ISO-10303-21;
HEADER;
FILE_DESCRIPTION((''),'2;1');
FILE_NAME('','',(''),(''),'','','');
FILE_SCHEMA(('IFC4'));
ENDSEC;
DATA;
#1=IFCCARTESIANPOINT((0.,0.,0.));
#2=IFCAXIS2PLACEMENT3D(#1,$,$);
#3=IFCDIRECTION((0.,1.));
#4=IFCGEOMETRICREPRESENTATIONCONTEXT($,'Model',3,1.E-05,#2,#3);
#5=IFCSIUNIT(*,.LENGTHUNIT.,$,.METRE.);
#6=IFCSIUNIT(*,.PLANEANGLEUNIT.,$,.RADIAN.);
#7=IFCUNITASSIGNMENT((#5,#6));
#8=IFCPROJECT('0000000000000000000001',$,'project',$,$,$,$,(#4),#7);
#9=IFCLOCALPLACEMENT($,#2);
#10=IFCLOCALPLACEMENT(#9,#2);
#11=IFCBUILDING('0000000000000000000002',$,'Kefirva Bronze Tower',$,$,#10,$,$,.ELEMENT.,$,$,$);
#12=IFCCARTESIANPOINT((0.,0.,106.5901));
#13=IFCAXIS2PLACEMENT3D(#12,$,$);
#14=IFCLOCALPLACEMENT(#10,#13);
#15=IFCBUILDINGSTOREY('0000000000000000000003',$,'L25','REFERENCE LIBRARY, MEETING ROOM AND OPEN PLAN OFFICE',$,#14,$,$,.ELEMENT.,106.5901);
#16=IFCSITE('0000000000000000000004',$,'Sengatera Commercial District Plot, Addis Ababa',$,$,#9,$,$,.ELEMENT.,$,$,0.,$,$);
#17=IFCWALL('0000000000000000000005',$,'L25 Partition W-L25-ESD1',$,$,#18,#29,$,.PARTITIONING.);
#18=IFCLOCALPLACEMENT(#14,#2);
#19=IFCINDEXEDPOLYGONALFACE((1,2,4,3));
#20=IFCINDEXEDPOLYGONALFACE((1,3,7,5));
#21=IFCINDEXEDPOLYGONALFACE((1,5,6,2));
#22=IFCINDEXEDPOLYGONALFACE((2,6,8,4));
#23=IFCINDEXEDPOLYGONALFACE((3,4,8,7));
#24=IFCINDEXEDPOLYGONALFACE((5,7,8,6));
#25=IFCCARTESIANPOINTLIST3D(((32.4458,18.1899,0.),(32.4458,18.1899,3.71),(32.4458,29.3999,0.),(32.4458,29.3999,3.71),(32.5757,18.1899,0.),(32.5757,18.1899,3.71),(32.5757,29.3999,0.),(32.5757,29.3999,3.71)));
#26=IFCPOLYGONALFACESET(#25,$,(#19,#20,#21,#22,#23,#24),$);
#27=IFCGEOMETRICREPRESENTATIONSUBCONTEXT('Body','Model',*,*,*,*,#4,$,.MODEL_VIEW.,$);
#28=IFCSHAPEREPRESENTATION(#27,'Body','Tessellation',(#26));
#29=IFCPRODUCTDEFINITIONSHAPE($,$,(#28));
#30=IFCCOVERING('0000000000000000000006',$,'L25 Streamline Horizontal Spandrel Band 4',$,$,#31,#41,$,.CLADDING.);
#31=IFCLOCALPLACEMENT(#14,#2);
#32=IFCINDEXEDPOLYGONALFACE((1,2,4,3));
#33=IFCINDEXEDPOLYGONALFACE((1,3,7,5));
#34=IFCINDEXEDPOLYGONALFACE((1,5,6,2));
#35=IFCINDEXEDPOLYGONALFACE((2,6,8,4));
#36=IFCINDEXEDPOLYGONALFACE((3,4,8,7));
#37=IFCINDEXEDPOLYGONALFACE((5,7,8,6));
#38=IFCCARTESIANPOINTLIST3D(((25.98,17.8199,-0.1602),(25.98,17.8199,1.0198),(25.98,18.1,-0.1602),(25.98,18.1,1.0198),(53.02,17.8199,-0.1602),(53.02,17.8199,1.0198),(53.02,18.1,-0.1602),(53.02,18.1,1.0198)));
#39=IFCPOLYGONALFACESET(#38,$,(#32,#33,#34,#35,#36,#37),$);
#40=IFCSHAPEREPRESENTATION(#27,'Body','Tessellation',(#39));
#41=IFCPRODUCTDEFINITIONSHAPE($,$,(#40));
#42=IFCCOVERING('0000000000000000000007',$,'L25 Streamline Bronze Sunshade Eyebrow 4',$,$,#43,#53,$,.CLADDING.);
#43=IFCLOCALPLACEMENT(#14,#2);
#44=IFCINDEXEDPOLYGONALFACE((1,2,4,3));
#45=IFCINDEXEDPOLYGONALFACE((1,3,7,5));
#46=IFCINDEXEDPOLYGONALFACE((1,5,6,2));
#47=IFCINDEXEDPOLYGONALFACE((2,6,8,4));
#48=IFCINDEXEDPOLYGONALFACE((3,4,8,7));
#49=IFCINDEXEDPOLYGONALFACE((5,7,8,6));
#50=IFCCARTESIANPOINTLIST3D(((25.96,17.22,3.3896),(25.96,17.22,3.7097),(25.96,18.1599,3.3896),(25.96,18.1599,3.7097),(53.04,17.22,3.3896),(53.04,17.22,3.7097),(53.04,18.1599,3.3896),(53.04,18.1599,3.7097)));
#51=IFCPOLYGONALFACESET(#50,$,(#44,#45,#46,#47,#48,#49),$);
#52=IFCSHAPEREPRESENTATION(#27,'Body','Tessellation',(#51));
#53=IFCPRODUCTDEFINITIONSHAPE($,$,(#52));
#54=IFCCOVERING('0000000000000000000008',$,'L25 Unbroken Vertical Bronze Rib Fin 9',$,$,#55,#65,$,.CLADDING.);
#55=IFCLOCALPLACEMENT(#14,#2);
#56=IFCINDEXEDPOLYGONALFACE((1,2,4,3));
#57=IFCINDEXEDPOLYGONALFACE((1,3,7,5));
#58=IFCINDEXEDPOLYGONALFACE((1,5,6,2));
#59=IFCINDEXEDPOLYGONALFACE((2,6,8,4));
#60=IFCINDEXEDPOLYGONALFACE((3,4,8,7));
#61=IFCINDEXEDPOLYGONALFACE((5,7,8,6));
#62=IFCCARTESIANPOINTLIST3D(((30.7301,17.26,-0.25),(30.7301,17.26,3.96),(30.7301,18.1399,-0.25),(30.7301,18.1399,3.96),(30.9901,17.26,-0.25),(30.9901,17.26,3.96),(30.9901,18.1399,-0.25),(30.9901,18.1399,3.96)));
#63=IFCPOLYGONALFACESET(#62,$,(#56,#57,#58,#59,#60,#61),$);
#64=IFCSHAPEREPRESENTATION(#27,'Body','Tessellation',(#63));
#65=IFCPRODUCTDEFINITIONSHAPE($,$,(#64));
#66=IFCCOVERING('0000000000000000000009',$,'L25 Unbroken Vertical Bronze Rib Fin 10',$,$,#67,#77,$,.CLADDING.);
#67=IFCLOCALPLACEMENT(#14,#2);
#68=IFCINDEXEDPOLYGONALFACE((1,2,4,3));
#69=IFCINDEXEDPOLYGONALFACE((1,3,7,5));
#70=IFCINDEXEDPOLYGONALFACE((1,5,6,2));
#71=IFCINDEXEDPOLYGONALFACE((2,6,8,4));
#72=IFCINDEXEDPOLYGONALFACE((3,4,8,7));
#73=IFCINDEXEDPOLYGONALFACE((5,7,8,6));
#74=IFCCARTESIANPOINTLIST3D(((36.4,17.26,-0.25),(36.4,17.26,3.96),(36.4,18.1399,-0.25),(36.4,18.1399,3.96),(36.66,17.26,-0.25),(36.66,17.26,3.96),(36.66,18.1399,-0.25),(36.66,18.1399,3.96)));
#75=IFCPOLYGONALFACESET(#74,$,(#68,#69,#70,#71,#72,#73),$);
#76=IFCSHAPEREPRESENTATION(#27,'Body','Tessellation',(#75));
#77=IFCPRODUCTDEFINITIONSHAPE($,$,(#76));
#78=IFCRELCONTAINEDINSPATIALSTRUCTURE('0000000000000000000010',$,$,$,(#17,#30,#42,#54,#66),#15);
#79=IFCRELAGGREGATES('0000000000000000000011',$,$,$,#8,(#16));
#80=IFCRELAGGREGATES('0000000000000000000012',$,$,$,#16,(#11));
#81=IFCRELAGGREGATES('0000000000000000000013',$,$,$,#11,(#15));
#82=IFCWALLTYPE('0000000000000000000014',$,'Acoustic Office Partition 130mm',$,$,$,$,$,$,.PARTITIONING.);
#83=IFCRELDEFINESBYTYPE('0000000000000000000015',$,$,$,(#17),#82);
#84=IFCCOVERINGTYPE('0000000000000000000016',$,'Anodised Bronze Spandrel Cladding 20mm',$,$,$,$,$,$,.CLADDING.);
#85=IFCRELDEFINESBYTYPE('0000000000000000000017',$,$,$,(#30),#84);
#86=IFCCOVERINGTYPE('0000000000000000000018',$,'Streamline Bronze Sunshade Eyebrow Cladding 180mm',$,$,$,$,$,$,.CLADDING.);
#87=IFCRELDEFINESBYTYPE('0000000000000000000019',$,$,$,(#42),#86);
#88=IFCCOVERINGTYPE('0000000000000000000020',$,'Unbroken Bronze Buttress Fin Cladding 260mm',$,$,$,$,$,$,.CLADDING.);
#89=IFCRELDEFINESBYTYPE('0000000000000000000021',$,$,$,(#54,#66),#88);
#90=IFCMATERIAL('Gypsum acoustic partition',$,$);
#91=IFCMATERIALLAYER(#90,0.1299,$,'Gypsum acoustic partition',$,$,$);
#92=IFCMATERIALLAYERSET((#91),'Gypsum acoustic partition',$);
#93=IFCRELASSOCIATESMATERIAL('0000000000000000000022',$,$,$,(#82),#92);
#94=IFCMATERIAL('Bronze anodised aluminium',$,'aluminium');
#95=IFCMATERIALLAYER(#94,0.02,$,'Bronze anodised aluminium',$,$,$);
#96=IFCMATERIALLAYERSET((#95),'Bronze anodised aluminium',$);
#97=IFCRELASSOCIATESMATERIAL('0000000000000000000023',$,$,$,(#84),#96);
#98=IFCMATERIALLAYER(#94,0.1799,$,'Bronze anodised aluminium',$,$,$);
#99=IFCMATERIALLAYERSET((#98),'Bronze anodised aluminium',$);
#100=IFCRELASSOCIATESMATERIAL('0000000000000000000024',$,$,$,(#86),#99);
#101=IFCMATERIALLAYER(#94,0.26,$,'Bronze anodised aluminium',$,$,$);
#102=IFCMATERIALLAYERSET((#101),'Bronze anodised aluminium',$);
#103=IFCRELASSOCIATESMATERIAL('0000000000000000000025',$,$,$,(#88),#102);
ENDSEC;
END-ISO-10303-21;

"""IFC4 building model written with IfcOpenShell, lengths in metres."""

from ifc_helpers import new_model, si_unit, direction, frame, frame_2d, origin, origin_2d, place, context, subcontext, project, spatial, rectangle, extrude, material, layer, layer_set, type_object, element, save


model = new_model("IFC4")

# Units and contexts
model_context = context("Model", 3, precision=1e-05, world=origin(), true_north=direction((0.0, 1.0)))
body_context = subcontext(model_context, "Body", "Model", "MODEL_VIEW")
ifc_project = project(units=[si_unit("LENGTHUNIT", "METRE"), si_unit("PLANEANGLEUNIT", "RADIAN")], contexts=[model_context])

# Site, building, storey
site_placement = place(None, origin())
site = spatial("IfcSite", under=ifc_project, at=site_placement, Name="Sengatera Commercial District Plot, Addis Ababa", CompositionType="ELEMENT", RefElevation=0.0)
building_placement = place(site_placement, origin())
building = spatial("IfcBuilding", under=site, at=building_placement, Name="Kefirva Bronze Tower", CompositionType="ELEMENT")
storey_placement = place(building_placement, frame((0.0, 0.0, 106.5901)))
storey = spatial("IfcBuildingStorey", under=building, at=storey_placement, Name="L25", Description="REFERENCE LIBRARY, MEETING ROOM AND OPEN PLAN OFFICE", CompositionType="ELEMENT", Elevation=106.5901)

# Shared definitions
ifc_material_1 = material(Name="Bronze anodised aluminium", Category="aluminium")

# Wall
ifc_material_2 = material(Name="Gypsum acoustic partition")
ifc_layer_1 = layer(ifc_material_2, 0.1299, Name="Gypsum acoustic partition")
ifc_layer_set_1 = layer_set([ifc_layer_1], Name="Gypsum acoustic partition")
wall_type = type_object("IfcWallType", Name="Acoustic Office Partition 130mm", PredefinedType="PARTITIONING", material=ifc_layer_set_1)
wall_placement = place(storey_placement, frame((32.5107, 18.1899, 0.0), z_axis=(0.0, 0.0, 1.0), x_axis=(0.0, 1.0, 0.0)))
element("IfcWall", 1, at=wall_placement, inside=storey, type_object=wall_type, Name="L25 Partition W-L25-ESD1", PredefinedType="PARTITIONING", context=body_context, shape_type="SweptSolid", body=[
    extrude(rectangle(XDim=11.21, YDim=0.1299, at=frame_2d((5.605, 0.0))), origin(), (0.0, 0.0, 1.0), 3.71),
])

# Coverings
ifc_layer_2 = layer(ifc_material_1, 0.02, Name="Bronze anodised aluminium")
ifc_layer_set_2 = layer_set([ifc_layer_2], Name="Bronze anodised aluminium")
covering_type_1 = type_object("IfcCoveringType", Name="Anodised Bronze Spandrel Cladding 20mm", PredefinedType="CLADDING", material=ifc_layer_set_2)
covering_1_placement = place(storey_placement, frame((39.5, 17.96, -0.1602), z_axis=(0.0, 0.0, 1.0), x_axis=(1.0, 0.0, 0.0)))
element("IfcCovering", 2, at=covering_1_placement, inside=storey, type_object=covering_type_1, Name="L25 Streamline Horizontal Spandrel Band 4", PredefinedType="CLADDING", context=body_context, shape_type="SweptSolid", body=[
    extrude(rectangle(XDim=27.04, YDim=0.28, at=origin_2d()), origin(), (0.0, 0.0, 1.0), 1.1799),
])
ifc_layer_3 = layer(ifc_material_1, 0.1799, Name="Bronze anodised aluminium")
ifc_layer_set_3 = layer_set([ifc_layer_3], Name="Bronze anodised aluminium")
covering_type_2 = type_object("IfcCoveringType", Name="Streamline Bronze Sunshade Eyebrow Cladding 180mm", PredefinedType="CLADDING", material=ifc_layer_set_3)
covering_2_placement = place(storey_placement, frame((39.5, 17.6899, 3.3896), z_axis=(0.0, 0.0, 1.0), x_axis=(1.0, 0.0, 0.0)))
element("IfcCovering", 3, at=covering_2_placement, inside=storey, type_object=covering_type_2, Name="L25 Streamline Bronze Sunshade Eyebrow 4", PredefinedType="CLADDING", context=body_context, shape_type="SweptSolid", body=[
    extrude(rectangle(XDim=27.0801, YDim=0.9399, at=origin_2d()), origin(), (0.0, 0.0, 1.0), 0.3201),
])
ifc_layer_4 = layer(ifc_material_1, 0.26, Name="Bronze anodised aluminium")
ifc_layer_set_4 = layer_set([ifc_layer_4], Name="Bronze anodised aluminium")
covering_type_3 = type_object("IfcCoveringType", Name="Unbroken Bronze Buttress Fin Cladding 260mm", PredefinedType="CLADDING", material=ifc_layer_set_4)
for number, where, z_axis, x_axis, name in (
    (4, (30.8601, 17.7, -0.25), (0.0, 0.0, 1.0), (1.0, 0.0, 0.0), "L25 Unbroken Vertical Bronze Rib Fin 9"),
    (5, (36.53, 17.7, -0.25), (0.0, 0.0, 1.0), (1.0, 0.0, 0.0), "L25 Unbroken Vertical Bronze Rib Fin 10"),
):
    element("IfcCovering", number, at=place(storey_placement, frame(where, z_axis=z_axis, x_axis=x_axis)), inside=storey, type_object=covering_type_3, Name=name, PredefinedType="CLADDING", context=body_context, shape_type="SweptSolid", body=[
        extrude(rectangle(XDim=0.26, YDim=0.8799, at=origin_2d()), origin(), (0.0, 0.0, 1.0), 4.21),
    ])

save(model, "model.ifc")
